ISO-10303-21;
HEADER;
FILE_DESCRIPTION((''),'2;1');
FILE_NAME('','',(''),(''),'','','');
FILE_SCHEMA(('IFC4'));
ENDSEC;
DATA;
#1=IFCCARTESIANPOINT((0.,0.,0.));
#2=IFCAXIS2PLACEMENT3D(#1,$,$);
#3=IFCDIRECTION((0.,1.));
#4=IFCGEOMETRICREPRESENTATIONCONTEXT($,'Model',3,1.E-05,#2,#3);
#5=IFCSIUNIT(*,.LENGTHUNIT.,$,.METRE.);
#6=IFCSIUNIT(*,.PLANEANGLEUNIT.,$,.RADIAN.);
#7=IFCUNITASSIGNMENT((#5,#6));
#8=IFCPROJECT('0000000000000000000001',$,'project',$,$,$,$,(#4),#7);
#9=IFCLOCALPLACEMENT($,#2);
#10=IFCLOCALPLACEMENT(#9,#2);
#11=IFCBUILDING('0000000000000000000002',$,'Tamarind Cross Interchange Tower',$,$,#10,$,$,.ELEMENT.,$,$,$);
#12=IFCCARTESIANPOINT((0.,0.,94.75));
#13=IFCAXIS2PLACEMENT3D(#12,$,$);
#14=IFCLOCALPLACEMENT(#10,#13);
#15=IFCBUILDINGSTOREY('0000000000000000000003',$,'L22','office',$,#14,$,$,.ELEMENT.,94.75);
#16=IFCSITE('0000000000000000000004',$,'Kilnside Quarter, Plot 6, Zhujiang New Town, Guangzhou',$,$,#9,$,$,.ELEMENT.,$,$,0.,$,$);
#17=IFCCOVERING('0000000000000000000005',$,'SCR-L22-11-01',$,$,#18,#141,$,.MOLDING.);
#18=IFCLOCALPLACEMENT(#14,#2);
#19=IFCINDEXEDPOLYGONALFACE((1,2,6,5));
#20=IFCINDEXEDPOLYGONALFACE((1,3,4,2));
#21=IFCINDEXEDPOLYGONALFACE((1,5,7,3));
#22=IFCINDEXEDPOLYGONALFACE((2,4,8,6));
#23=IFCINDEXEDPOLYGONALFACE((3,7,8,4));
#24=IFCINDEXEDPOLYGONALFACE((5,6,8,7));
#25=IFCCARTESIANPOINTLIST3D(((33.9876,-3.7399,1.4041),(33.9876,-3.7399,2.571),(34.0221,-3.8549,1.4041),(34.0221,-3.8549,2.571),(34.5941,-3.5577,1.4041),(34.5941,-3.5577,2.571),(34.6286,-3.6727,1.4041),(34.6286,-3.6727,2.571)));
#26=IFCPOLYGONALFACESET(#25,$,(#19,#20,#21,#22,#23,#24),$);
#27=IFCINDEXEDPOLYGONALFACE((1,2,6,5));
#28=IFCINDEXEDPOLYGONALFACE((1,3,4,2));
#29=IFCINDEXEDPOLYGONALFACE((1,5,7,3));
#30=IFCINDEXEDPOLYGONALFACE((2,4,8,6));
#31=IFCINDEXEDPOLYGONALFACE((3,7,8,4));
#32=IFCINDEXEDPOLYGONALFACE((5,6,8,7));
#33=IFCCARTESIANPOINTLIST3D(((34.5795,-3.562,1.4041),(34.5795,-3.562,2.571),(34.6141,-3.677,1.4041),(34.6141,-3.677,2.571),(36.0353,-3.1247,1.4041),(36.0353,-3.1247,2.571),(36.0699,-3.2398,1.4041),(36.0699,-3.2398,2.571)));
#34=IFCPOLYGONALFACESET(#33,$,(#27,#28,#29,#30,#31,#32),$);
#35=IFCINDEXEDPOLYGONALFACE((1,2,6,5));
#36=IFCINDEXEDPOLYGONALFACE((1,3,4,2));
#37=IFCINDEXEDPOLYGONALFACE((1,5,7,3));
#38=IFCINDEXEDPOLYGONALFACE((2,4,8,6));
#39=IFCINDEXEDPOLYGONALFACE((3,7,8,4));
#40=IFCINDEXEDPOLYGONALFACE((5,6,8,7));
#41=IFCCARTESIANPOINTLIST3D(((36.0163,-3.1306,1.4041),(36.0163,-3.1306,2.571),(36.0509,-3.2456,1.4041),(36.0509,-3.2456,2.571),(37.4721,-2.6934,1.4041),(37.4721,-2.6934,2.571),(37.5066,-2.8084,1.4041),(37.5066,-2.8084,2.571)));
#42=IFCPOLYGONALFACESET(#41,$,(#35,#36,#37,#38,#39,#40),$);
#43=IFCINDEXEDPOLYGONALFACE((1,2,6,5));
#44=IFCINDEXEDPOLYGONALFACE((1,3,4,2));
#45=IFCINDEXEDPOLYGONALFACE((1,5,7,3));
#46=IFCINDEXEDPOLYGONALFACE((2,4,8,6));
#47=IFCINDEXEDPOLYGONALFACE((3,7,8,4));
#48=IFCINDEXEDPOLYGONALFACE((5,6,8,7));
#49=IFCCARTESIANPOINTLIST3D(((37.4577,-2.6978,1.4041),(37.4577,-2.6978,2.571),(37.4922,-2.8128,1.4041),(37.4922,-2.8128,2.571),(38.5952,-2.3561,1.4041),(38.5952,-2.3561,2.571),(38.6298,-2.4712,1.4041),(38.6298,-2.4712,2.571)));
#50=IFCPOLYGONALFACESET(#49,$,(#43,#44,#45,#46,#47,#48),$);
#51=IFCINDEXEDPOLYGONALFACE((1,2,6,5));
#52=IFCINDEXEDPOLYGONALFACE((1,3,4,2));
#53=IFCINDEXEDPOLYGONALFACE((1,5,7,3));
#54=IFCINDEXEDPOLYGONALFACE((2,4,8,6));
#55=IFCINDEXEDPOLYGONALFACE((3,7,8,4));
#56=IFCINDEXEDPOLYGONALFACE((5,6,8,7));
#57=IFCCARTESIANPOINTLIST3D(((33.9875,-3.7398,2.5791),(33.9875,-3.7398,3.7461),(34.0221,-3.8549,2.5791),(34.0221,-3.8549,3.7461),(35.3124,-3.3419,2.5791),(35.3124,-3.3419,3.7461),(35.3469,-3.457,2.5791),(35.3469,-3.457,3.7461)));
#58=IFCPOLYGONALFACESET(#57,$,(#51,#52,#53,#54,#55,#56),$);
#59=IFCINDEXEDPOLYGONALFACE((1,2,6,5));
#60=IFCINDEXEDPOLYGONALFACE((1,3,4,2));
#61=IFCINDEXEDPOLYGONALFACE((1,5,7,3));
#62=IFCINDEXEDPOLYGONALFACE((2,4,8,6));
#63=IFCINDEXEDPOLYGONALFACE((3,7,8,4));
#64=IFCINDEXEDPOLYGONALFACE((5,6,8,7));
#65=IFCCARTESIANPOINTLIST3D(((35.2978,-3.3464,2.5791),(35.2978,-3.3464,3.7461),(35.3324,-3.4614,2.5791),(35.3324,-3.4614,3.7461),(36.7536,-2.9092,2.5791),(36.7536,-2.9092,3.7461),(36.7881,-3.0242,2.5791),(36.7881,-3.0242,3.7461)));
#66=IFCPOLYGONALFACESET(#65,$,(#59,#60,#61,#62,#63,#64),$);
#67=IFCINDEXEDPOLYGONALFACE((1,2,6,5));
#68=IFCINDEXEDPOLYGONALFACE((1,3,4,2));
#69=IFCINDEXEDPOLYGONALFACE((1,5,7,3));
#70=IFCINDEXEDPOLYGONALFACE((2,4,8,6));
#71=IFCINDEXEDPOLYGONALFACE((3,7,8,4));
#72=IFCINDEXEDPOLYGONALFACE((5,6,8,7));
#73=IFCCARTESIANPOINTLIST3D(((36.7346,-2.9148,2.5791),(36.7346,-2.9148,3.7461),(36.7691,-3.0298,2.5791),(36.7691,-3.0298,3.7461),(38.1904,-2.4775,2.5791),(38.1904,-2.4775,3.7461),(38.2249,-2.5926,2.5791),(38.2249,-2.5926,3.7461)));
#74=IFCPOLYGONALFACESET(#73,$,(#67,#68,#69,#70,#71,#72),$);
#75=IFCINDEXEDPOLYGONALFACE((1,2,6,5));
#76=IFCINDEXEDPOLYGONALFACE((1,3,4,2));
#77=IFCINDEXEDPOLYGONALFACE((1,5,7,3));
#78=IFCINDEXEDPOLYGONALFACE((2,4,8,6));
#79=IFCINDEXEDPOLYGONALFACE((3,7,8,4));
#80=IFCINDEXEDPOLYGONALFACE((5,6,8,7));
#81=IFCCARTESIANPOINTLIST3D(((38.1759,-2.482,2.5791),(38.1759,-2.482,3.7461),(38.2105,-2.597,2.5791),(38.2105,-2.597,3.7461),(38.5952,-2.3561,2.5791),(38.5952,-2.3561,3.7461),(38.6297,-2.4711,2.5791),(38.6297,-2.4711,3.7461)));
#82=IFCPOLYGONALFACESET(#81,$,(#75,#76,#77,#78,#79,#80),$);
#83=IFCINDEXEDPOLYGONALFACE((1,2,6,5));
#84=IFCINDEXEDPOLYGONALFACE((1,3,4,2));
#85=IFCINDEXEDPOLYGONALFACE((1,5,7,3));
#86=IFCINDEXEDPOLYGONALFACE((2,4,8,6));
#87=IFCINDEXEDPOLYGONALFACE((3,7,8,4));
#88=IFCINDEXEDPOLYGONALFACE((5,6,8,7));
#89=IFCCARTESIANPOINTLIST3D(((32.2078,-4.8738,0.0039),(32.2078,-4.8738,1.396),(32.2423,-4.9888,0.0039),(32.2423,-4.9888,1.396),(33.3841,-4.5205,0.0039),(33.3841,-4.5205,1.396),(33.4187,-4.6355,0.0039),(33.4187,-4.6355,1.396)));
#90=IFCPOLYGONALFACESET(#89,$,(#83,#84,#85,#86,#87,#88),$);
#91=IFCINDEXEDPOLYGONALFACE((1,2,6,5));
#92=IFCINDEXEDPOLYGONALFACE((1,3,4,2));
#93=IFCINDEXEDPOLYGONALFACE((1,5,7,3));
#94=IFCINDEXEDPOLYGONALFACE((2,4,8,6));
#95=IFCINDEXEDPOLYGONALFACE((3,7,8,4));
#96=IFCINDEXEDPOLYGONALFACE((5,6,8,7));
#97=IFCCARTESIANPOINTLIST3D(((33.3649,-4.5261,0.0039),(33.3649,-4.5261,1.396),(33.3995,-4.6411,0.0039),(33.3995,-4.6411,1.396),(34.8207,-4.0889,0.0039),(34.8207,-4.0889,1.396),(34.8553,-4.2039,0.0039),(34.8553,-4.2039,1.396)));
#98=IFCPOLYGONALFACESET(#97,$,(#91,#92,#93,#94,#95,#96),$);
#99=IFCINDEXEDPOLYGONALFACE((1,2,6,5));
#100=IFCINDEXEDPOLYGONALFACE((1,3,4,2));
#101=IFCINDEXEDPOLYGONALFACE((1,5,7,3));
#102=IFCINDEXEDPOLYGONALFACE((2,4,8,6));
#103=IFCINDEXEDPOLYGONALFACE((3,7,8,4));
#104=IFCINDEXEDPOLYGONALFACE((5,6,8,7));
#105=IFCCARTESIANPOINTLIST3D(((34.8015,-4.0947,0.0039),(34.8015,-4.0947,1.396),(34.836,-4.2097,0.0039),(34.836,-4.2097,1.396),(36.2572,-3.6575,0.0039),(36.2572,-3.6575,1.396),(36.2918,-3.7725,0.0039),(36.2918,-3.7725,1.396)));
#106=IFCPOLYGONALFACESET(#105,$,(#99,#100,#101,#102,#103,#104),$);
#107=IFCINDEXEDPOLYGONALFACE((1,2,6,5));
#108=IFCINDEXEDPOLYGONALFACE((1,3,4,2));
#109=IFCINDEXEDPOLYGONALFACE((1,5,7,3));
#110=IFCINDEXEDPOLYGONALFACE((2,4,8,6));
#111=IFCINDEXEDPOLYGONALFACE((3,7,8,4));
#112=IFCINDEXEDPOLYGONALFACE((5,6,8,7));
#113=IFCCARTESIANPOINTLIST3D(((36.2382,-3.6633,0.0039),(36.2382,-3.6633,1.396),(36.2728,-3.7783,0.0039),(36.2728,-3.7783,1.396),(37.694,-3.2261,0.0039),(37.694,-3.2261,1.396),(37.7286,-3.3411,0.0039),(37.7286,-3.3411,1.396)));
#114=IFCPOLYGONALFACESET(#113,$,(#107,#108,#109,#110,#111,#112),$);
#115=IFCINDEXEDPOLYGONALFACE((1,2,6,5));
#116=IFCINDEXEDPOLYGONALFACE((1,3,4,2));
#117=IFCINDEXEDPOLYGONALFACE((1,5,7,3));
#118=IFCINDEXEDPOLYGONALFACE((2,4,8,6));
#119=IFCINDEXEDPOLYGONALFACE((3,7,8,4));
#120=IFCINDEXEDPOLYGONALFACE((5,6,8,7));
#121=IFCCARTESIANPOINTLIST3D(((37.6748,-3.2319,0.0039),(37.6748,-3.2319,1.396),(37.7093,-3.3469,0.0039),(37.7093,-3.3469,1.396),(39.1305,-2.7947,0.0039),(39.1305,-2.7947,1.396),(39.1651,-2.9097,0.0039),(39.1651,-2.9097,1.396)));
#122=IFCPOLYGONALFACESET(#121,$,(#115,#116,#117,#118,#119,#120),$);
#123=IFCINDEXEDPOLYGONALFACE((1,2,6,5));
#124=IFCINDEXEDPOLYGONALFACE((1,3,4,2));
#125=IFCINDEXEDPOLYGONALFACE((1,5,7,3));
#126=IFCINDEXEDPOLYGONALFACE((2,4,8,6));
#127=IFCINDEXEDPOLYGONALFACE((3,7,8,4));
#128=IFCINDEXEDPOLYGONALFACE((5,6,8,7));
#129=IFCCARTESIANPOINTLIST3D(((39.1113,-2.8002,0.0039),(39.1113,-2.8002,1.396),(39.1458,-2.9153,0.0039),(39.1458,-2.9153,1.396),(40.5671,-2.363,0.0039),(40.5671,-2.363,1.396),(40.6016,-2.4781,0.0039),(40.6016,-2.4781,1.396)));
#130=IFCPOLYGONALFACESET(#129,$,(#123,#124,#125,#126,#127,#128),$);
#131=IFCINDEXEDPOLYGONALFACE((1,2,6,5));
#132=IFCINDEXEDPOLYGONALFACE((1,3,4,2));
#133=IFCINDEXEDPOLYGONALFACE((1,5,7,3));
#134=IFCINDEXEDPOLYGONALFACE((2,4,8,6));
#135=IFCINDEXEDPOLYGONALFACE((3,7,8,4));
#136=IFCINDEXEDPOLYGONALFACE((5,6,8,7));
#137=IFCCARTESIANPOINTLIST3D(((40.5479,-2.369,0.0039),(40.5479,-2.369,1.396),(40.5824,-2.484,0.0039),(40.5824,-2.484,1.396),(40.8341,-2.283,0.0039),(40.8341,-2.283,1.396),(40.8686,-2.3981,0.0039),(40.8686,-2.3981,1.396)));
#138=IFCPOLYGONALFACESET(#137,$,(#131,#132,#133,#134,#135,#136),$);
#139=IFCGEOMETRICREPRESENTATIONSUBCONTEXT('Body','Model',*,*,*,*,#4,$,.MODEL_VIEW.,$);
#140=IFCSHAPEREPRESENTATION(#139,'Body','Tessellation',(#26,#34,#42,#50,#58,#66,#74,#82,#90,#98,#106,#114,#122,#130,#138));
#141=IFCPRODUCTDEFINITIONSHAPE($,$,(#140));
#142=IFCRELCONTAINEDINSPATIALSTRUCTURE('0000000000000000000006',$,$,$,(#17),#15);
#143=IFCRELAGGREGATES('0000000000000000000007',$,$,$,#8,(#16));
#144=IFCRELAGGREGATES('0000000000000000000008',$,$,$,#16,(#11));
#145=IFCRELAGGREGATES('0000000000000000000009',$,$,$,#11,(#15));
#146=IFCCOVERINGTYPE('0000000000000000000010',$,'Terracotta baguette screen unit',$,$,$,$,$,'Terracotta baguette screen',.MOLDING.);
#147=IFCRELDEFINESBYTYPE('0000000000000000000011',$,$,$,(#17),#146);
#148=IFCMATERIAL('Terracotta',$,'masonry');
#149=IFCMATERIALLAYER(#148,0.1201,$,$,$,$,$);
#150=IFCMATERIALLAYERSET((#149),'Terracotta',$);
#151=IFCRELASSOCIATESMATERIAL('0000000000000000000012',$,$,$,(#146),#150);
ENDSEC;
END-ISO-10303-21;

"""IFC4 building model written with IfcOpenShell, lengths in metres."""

from ifc_helpers import new_model, si_unit, direction, frame, origin, origin_2d, place, context, subcontext, project, spatial, rectangle, extrude, material, layer, layer_set, type_object, element, save


model = new_model("IFC4")

# Units and contexts
model_context = context("Model", 3, precision=1e-05, world=origin(), true_north=direction((0.0, 1.0)))
body_context = subcontext(model_context, "Body", "Model", "MODEL_VIEW")
ifc_project = project(units=[si_unit("LENGTHUNIT", "METRE"), si_unit("PLANEANGLEUNIT", "RADIAN")], contexts=[model_context])

# Site, building, storey
site_placement = place(None, origin())
site = spatial("IfcSite", under=ifc_project, at=site_placement, Name="Kilnside Quarter, Plot 6, Zhujiang New Town, Guangzhou", CompositionType="ELEMENT", RefElevation=0.0)
building_placement = place(site_placement, origin())
building = spatial("IfcBuilding", under=site, at=building_placement, Name="Tamarind Cross Interchange Tower", CompositionType="ELEMENT")
storey_placement = place(building_placement, frame((0.0, 0.0, 94.75)))
storey = spatial("IfcBuildingStorey", under=building, at=storey_placement, Name="L22", Description="office", CompositionType="ELEMENT", Elevation=94.75)

# Covering
ifc_material_1 = material(Name="Terracotta", Category="masonry")
ifc_layer_1 = layer(ifc_material_1, 0.1201)
ifc_layer_set_1 = layer_set([ifc_layer_1], Name="Terracotta")
covering_type = type_object("IfcCoveringType", Name="Terracotta baguette screen unit", ElementType="Terracotta baguette screen", PredefinedType="MOLDING", material=ifc_layer_set_1)
covering_1_placement = place(storey_placement, origin())
element("IfcCovering", 1, at=covering_1_placement, inside=storey, type_object=covering_type, Name="SCR-L22-11-01", PredefinedType="MOLDING", context=body_context, shape_type="SweptSolid", body=[
    extrude(rectangle(XDim=0.6333, YDim=0.1201, at=origin_2d()), frame((34.3081, -3.7063, 1.4041), z_axis=(0.0, 0.0, 1.0), x_axis=(0.957738, 0.287641, 0.0)), (0.0, 0.0, 1.0), 1.167),
    extrude(rectangle(XDim=1.52, YDim=0.1201, at=origin_2d()), frame((35.3247, -3.4009, 1.4041), z_axis=(0.0, 0.0, 1.0), x_axis=(0.957738, 0.287641, 0.0)), (0.0, 0.0, 1.0), 1.167),
    extrude(rectangle(XDim=1.52, YDim=0.1201, at=origin_2d()), frame((36.7615, -2.9695, 1.4041), z_axis=(0.0, 0.0, 1.0), x_axis=(0.957738, 0.287641, 0.0)), (0.0, 0.0, 1.0), 1.167),
    extrude(rectangle(XDim=1.1877, YDim=0.1201, at=origin_2d()), frame((38.0437, -2.5845, 1.4041), z_axis=(0.0, 0.0, 1.0), x_axis=(0.957738, 0.287641, 0.0)), (0.0, 0.0, 1.0), 1.167),
    extrude(rectangle(XDim=1.3833, YDim=0.1201, at=origin_2d()), frame((34.6672, -3.5984, 2.5791), z_axis=(0.0, 0.0, 1.0), x_axis=(0.957738, 0.287641, 0.0)), (0.0, 0.0, 1.0), 1.167),
    extrude(rectangle(XDim=1.52, YDim=0.1201, at=origin_2d()), frame((36.043, -3.1853, 2.5791), z_axis=(0.0, 0.0, 1.0), x_axis=(0.957738, 0.287641, 0.0)), (0.0, 0.0, 1.0), 1.167),
    extrude(rectangle(XDim=1.52, YDim=0.1201, at=origin_2d()), frame((37.4797, -2.7537, 2.5791), z_axis=(0.0, 0.0, 1.0), x_axis=(0.957738, 0.287641, 0.0)), (0.0, 0.0, 1.0), 1.167),
    extrude(rectangle(XDim=0.4377, YDim=0.1201, at=origin_2d()), frame((38.4028, -2.4766, 2.5791), z_axis=(0.0, 0.0, 1.0), x_axis=(0.957738, 0.287641, 0.0)), (0.0, 0.0, 1.0), 1.167),
    extrude(rectangle(XDim=1.2283, YDim=0.1201, at=origin_2d()), frame((32.8132, -4.7546, 0.0039), z_axis=(0.0, 0.0, 1.0), x_axis=(0.957738, 0.287641, 0.0)), (0.0, 0.0, 1.0), 1.3921),
    extrude(rectangle(XDim=1.52, YDim=0.1201, at=origin_2d()), frame((34.1101, -4.365, 0.0039), z_axis=(0.0, 0.0, 1.0), x_axis=(0.957738, 0.287641, 0.0)), (0.0, 0.0, 1.0), 1.3921),
    extrude(rectangle(XDim=1.52, YDim=0.1201, at=origin_2d()), frame((35.5466, -3.9336, 0.0039), z_axis=(0.0, 0.0, 1.0), x_axis=(0.957738, 0.287641, 0.0)), (0.0, 0.0, 1.0), 1.3921),
    extrude(rectangle(XDim=1.52, YDim=0.1201, at=origin_2d()), frame((36.9834, -3.5022, 0.0039), z_axis=(0.0, 0.0, 1.0), x_axis=(0.957738, 0.287641, 0.0)), (0.0, 0.0, 1.0), 1.3921),
    extrude(rectangle(XDim=1.52, YDim=0.1201, at=origin_2d()), frame((38.4199, -3.0708, 0.0039), z_axis=(0.0, 0.0, 1.0), x_axis=(0.957738, 0.287641, 0.0)), (0.0, 0.0, 1.0), 1.3921),
    extrude(rectangle(XDim=1.52, YDim=0.1201, at=origin_2d()), frame((39.8564, -2.6392, 0.0039), z_axis=(0.0, 0.0, 1.0), x_axis=(0.957738, 0.287641, 0.0)), (0.0, 0.0, 1.0), 1.3921),
    extrude(rectangle(XDim=0.2988, YDim=0.1201, at=origin_2d()), frame((40.7083, -2.3835, 0.0039), z_axis=(0.0, 0.0, 1.0), x_axis=(0.957738, 0.287641, 0.0)), (0.0, 0.0, 1.0), 1.3921),
])

save(model, "model.ifc")
